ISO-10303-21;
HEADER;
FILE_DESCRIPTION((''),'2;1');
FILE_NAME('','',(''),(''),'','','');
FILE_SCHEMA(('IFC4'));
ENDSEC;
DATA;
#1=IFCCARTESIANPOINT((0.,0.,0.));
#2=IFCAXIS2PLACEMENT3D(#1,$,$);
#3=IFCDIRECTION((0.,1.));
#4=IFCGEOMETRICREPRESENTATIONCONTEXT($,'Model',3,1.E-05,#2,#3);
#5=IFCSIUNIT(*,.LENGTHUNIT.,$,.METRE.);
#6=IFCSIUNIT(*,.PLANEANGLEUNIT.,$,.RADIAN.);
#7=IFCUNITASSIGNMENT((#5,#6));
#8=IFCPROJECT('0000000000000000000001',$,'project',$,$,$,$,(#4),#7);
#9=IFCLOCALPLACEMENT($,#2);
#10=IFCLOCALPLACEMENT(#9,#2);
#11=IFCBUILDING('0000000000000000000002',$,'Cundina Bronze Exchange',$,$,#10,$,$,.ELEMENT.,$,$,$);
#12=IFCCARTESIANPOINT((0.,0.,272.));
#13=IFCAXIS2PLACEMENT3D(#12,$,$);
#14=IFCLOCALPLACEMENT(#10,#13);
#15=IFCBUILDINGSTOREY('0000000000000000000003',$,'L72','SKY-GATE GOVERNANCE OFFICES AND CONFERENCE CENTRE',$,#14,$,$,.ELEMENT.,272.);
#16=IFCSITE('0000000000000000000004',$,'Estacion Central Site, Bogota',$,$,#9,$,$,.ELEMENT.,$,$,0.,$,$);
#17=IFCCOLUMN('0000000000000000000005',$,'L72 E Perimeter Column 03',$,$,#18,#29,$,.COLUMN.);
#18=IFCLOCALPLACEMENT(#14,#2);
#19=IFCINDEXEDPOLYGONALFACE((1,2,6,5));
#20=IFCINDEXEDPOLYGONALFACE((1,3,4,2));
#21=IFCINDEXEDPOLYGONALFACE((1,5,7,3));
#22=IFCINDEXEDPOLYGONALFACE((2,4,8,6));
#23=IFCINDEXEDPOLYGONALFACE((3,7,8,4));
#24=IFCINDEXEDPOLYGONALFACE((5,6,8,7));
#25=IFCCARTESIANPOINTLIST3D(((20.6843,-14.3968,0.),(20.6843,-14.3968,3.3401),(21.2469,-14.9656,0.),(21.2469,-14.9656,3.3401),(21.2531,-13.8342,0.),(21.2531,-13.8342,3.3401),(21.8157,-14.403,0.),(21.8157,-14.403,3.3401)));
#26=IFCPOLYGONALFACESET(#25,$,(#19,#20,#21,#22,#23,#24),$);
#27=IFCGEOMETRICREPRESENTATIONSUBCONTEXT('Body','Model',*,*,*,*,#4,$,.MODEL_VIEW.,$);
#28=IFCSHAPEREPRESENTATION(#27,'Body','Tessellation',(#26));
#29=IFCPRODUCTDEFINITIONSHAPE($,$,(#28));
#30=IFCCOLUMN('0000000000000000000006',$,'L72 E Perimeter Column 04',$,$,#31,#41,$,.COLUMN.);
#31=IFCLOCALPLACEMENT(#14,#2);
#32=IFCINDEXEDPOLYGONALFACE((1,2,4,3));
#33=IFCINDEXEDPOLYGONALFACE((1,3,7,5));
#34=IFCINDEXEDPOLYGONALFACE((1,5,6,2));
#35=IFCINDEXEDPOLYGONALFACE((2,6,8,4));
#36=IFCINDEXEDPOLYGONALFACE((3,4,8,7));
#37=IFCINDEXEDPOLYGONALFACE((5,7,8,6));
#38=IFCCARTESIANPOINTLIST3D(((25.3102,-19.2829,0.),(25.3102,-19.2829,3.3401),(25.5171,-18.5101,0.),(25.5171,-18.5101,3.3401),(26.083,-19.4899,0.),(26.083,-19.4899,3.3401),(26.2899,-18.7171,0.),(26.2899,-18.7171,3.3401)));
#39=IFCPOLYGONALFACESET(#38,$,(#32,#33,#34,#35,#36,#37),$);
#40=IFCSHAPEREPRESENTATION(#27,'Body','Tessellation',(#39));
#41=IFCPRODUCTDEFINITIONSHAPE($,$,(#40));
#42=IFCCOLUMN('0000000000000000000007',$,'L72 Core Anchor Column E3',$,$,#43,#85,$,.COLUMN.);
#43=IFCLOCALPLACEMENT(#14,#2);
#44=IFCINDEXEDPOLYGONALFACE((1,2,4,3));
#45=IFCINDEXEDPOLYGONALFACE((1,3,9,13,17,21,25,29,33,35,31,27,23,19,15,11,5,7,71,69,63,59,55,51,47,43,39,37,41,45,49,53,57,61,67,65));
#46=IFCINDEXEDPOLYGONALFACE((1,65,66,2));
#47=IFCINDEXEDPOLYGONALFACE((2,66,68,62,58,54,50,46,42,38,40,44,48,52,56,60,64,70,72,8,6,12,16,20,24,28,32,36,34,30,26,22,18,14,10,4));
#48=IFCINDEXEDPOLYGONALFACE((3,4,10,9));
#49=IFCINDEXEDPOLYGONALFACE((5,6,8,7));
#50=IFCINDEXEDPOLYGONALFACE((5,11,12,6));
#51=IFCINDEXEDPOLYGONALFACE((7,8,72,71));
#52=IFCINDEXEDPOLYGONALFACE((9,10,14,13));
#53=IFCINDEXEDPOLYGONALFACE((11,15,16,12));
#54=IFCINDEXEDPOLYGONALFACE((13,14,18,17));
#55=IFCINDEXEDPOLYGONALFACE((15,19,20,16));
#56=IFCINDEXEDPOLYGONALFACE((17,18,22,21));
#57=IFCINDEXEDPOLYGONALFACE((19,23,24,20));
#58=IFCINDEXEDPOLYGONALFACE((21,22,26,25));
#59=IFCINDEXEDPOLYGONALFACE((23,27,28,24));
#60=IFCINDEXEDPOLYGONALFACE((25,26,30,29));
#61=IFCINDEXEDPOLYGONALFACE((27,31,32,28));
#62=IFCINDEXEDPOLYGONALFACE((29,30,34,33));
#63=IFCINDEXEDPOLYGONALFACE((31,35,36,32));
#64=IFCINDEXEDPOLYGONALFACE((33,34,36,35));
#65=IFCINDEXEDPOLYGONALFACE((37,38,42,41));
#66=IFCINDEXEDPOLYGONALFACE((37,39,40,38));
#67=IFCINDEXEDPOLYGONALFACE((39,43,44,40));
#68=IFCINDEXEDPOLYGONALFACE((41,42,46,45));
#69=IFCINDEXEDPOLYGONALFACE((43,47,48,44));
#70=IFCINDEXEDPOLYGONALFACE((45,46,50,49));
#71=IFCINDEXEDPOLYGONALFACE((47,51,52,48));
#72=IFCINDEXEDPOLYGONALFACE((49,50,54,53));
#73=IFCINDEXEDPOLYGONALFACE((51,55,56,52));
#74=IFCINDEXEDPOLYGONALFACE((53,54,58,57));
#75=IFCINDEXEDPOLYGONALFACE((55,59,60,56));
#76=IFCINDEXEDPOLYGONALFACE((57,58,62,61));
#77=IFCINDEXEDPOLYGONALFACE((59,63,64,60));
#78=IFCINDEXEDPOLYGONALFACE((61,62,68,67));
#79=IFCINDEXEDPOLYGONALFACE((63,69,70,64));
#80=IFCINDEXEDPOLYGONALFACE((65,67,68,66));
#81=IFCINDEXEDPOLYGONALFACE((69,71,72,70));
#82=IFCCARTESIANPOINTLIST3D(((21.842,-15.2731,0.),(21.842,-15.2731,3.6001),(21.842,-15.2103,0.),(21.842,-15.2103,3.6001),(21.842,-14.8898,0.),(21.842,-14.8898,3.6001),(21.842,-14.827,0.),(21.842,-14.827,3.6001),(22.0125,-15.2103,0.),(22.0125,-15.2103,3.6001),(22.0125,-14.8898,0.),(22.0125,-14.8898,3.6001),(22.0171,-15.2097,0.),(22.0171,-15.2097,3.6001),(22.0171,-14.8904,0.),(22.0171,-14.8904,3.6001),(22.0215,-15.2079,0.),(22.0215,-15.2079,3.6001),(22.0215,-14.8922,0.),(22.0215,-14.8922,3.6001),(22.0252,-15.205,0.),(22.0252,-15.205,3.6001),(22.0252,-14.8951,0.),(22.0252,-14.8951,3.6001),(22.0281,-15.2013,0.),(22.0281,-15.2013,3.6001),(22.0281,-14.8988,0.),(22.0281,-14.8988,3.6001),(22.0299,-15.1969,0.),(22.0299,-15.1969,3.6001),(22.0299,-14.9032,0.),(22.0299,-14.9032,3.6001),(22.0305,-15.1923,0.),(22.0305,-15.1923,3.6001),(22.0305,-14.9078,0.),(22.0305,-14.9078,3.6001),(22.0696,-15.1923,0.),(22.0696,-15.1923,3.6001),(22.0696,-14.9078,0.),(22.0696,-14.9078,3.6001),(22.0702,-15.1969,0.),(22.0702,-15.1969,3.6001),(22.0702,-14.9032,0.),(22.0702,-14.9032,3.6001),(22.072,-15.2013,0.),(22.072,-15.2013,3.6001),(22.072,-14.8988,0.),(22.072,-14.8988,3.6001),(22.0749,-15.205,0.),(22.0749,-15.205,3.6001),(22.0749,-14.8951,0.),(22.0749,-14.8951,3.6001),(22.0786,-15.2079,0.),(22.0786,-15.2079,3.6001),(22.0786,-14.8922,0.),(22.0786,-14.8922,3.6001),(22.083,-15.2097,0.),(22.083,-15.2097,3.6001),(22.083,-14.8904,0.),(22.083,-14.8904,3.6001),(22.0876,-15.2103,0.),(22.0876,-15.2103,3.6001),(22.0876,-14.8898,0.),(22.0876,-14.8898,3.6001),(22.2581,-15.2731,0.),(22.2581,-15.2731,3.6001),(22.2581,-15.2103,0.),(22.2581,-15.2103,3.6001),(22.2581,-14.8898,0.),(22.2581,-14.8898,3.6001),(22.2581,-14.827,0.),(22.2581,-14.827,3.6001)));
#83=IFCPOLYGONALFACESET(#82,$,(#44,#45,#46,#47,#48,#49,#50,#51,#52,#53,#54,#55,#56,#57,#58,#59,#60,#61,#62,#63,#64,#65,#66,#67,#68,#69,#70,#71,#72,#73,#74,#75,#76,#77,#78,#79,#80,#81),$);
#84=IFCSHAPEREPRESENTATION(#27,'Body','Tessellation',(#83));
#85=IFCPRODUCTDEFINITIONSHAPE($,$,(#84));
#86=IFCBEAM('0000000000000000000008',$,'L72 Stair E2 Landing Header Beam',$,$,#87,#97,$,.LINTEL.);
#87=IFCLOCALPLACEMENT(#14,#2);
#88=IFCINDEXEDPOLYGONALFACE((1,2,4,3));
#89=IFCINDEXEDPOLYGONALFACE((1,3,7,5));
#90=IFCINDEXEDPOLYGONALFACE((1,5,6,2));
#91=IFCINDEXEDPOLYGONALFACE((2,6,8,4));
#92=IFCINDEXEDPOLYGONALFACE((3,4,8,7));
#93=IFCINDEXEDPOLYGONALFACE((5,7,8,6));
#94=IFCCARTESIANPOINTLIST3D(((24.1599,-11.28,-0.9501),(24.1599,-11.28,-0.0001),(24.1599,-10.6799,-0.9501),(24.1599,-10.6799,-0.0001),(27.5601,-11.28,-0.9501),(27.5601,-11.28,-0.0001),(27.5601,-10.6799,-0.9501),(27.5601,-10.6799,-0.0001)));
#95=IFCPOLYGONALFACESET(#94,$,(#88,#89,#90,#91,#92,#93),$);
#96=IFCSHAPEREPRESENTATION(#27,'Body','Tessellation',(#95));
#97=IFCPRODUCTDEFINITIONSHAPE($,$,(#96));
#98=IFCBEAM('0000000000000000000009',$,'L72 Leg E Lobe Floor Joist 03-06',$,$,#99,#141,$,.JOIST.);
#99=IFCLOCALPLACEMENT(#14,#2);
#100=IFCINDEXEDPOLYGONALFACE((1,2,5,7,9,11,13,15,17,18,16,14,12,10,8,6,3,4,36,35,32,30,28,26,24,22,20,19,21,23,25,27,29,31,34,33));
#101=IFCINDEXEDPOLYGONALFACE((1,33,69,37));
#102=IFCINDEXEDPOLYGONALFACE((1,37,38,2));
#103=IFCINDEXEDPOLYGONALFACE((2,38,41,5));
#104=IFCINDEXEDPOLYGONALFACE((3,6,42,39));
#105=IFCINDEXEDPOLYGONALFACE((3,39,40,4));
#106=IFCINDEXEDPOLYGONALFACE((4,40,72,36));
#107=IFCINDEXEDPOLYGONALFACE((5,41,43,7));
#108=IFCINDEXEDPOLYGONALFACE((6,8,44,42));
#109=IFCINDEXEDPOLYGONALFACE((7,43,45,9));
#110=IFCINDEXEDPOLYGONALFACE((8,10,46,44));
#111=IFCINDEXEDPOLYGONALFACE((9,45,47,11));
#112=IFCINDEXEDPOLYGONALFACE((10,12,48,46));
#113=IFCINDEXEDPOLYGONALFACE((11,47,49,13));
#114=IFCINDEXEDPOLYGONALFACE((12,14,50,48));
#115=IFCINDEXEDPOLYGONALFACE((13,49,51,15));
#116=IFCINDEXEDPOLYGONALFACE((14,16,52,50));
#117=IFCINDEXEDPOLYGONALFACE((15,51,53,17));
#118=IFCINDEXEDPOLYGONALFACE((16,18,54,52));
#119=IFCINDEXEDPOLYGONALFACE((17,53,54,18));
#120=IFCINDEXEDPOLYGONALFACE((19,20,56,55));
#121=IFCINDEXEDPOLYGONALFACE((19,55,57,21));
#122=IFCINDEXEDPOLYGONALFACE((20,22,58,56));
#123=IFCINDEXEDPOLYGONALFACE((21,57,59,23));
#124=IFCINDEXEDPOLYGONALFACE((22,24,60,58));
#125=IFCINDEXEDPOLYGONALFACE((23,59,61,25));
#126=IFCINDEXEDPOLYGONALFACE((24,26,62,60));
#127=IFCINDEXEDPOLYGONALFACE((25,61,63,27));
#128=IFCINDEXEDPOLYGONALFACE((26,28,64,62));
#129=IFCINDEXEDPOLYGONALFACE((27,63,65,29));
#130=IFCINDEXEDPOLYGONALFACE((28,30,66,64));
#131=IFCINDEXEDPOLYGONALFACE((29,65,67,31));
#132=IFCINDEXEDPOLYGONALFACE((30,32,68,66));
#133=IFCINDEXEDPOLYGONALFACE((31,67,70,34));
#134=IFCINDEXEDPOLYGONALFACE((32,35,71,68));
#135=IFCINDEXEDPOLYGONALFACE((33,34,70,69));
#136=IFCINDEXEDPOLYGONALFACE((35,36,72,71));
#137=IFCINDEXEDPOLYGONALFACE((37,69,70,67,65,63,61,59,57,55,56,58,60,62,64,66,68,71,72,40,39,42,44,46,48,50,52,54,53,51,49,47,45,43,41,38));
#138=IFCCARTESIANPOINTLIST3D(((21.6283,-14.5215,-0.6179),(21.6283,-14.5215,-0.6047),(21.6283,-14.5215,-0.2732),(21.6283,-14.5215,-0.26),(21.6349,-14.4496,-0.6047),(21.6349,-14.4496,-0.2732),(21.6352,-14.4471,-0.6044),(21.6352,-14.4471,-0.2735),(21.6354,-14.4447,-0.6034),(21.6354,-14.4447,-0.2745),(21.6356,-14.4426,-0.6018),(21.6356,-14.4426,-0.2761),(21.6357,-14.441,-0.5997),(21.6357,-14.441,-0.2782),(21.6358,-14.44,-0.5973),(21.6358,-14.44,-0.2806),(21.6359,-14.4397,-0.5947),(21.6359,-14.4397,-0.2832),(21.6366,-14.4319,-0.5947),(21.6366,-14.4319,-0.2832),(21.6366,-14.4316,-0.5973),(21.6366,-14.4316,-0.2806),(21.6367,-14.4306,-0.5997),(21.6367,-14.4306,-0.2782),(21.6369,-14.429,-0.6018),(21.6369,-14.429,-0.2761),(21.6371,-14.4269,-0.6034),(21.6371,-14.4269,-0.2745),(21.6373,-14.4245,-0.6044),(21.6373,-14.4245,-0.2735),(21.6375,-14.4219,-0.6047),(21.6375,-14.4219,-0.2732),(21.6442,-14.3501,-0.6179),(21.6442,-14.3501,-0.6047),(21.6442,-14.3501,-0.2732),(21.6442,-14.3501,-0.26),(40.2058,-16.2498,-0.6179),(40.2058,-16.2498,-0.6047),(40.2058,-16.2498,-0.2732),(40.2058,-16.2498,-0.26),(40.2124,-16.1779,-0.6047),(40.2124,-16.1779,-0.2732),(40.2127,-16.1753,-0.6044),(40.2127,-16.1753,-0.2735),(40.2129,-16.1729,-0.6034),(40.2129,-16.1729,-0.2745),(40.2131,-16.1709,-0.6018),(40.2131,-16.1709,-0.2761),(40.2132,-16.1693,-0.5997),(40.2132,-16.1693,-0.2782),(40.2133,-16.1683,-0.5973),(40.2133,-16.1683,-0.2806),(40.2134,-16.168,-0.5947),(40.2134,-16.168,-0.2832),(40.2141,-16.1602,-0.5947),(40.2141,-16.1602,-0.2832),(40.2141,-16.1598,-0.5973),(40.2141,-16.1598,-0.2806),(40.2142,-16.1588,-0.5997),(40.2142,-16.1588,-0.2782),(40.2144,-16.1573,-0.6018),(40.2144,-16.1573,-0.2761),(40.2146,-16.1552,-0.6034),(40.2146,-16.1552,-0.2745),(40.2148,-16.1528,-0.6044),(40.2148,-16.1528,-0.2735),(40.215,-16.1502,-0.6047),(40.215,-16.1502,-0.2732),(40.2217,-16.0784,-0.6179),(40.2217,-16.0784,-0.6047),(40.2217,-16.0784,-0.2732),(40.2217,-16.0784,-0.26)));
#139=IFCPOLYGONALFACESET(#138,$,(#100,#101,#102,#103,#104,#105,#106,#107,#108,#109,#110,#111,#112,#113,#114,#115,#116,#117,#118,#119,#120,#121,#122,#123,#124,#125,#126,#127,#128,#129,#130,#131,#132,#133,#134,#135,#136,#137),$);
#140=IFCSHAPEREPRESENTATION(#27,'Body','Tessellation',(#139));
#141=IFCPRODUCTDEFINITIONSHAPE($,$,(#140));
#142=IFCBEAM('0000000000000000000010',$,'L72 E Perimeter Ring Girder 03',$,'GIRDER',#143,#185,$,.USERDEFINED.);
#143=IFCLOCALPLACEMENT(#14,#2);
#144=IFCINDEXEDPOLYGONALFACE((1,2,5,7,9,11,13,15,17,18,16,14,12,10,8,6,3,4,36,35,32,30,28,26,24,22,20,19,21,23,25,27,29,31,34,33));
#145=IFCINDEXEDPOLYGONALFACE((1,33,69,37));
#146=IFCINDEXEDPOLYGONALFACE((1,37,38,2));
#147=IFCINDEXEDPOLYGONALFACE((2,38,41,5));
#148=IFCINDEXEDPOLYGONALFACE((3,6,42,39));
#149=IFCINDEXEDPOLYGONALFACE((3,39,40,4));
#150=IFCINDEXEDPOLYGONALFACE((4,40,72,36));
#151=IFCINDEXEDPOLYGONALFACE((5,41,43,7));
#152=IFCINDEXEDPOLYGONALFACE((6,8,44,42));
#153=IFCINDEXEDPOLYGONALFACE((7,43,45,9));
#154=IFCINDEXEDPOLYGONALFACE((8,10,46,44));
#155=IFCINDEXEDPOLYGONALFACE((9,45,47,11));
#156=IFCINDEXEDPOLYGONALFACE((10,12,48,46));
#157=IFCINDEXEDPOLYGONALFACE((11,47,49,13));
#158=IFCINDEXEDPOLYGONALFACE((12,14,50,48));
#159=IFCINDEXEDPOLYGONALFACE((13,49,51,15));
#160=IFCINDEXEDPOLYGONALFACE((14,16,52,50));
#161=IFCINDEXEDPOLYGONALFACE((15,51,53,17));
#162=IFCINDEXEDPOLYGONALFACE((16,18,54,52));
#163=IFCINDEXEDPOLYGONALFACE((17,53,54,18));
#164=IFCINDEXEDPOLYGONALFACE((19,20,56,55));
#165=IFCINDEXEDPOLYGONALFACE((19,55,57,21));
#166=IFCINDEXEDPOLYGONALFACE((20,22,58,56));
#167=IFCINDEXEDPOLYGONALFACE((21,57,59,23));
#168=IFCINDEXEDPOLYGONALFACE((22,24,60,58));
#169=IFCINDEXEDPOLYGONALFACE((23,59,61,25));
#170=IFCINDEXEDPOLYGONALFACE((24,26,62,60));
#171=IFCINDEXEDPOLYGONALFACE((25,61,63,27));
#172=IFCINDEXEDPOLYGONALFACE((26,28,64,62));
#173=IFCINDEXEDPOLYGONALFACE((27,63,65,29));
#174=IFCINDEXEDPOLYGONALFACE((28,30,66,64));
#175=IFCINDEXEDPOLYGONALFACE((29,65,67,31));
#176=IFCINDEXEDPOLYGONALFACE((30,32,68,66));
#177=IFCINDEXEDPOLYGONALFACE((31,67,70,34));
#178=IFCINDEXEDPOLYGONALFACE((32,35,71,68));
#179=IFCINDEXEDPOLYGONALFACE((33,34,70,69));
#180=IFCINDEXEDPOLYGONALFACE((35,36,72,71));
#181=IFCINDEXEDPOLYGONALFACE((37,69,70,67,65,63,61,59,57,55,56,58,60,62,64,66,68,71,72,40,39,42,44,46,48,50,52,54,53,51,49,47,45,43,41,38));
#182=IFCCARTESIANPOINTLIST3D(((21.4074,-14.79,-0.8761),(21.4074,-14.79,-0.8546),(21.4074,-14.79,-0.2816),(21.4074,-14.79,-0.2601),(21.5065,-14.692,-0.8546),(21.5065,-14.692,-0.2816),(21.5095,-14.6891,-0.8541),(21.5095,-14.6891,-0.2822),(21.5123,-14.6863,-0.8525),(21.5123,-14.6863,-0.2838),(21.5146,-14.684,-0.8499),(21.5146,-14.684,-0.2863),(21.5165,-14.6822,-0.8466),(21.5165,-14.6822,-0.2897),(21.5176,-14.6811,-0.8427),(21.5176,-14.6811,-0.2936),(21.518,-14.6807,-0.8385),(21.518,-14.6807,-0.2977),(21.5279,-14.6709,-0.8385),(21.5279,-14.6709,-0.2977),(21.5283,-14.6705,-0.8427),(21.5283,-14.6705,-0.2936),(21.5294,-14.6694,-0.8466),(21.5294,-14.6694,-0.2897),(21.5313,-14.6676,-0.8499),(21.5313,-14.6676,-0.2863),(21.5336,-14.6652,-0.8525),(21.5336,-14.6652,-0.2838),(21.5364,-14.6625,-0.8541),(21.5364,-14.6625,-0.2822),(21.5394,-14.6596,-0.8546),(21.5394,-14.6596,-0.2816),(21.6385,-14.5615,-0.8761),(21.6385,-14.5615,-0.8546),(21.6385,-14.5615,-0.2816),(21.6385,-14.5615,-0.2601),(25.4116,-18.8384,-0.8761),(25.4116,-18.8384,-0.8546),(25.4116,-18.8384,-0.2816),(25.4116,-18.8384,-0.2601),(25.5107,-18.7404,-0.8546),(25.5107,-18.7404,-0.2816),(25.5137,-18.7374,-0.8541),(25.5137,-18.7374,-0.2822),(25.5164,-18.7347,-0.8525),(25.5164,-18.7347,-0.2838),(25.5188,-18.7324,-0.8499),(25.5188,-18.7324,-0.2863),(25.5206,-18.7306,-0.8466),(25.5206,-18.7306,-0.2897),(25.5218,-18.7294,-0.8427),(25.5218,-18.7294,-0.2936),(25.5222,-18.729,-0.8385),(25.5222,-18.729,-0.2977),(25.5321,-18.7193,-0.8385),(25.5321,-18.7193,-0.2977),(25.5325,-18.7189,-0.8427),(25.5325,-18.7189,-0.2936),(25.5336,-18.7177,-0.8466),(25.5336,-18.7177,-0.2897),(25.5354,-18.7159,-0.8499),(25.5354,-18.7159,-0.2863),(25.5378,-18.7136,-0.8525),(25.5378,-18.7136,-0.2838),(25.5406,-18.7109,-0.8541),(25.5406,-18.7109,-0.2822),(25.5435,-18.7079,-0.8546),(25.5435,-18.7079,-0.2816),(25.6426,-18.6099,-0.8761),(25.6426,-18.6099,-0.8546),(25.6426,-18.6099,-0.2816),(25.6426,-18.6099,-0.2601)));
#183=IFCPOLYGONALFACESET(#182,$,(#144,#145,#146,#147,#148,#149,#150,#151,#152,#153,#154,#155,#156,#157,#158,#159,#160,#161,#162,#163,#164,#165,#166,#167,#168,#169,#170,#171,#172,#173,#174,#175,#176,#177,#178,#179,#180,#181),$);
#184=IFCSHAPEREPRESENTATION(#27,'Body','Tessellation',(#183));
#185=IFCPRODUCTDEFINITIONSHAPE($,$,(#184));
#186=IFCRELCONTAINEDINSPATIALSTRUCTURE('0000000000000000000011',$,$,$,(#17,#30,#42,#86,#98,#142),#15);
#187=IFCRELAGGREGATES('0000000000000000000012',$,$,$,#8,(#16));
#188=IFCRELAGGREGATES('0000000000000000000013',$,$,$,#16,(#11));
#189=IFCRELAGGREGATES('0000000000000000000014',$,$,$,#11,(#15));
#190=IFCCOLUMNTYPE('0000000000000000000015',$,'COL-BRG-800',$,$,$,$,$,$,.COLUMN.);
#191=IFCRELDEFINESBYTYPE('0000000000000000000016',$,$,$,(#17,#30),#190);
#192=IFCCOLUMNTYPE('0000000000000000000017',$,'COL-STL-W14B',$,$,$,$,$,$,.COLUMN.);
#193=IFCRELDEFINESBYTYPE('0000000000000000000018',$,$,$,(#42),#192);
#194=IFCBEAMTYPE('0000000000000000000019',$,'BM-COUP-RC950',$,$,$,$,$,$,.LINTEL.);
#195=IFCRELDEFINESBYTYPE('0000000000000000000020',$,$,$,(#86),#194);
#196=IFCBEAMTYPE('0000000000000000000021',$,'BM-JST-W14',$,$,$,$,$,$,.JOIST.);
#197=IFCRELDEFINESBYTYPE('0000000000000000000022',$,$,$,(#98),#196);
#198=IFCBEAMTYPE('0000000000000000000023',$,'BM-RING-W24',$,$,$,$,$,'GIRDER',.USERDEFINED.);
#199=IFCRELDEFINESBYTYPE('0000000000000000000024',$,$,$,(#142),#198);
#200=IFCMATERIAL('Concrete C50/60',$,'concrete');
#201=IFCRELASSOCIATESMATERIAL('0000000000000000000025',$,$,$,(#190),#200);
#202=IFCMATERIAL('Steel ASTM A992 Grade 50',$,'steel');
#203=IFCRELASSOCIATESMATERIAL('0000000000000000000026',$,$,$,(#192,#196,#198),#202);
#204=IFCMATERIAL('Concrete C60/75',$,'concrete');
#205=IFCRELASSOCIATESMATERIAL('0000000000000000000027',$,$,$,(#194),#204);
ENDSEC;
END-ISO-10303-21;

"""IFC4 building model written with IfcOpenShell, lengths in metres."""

from ifc_helpers import new_model, si_unit, direction, frame, origin, origin_2d, place, context, subcontext, project, spatial, rectangle, i_section, extrude, material, material_profile, profile_set, type_object, element, save


model = new_model("IFC4")

# Units and contexts
model_context = context("Model", 3, precision=1e-05, world=origin(), true_north=direction((0.0, 1.0)))
body_context = subcontext(model_context, "Body", "Model", "MODEL_VIEW")
ifc_project = project(units=[si_unit("LENGTHUNIT", "METRE"), si_unit("PLANEANGLEUNIT", "RADIAN")], contexts=[model_context])

# Site, building, storey
site_placement = place(None, origin())
site = spatial("IfcSite", under=ifc_project, at=site_placement, Name="Estacion Central Site, Bogota", CompositionType="ELEMENT", RefElevation=0.0)
building_placement = place(site_placement, origin())
building = spatial("IfcBuilding", under=site, at=building_placement, Name="Cundina Bronze Exchange", CompositionType="ELEMENT")
storey_placement = place(building_placement, frame((0.0, 0.0, 272.0)))
storey = spatial("IfcBuildingStorey", under=building, at=storey_placement, Name="L72", Description="SKY-GATE GOVERNANCE OFFICES AND CONFERENCE CENTRE", CompositionType="ELEMENT", Elevation=272.0)

# Columns
ifc_material_1 = material(Name="Concrete C50/60", Category="concrete")
ifc_material_profile_1 = material_profile(ifc_material_1, rectangle(XDim=0.8, YDim=0.8, at=origin_2d()), Name="RC800X800", Category="concrete")
ifc_profile_set_1 = profile_set([ifc_material_profile_1], Name="Concrete C50/60")
column_type_1 = type_object("IfcColumnType", Name="COL-BRG-800", PredefinedType="COLUMN", material=ifc_profile_set_1)
for number, where, z_axis, x_axis, name in (
    (1, (21.25, -14.3999, 0.0), (0.0, 0.0, 1.0), (0.703271, -0.710922, 0.0), "L72 E Perimeter Column 03"),
    (2, (25.8, -19.0, 0.0), (0.0, 0.0, 1.0), (0.965971, -0.25865, 0.0), "L72 E Perimeter Column 04"),
):
    element("IfcColumn", number, at=place(storey_placement, frame(where, z_axis=z_axis, x_axis=x_axis)), inside=storey, type_object=column_type_1, Name=name, PredefinedType="COLUMN", context=body_context, shape_type="SweptSolid", body=[
        extrude(rectangle(XDim=0.8, YDim=0.8, at=origin_2d()), origin(), (0.0, 0.0, 1.0), 3.3401),
    ])
ifc_material_2 = material(Name="Steel ASTM A992 Grade 50", Category="steel")
ifc_material_profile_2 = material_profile(ifc_material_2, i_section(OverallWidth=0.416, OverallDepth=0.446, WebThickness=0.0391, FlangeThickness=0.0627, FilletRadius=0.0181, at=origin_2d()), Name="W14X342", Category="steel")
ifc_profile_set_2 = profile_set([ifc_material_profile_2], Name="Steel ASTM A992 Grade 50")
column_type_2 = type_object("IfcColumnType", Name="COL-STL-W14B", PredefinedType="COLUMN", material=ifc_profile_set_2)
column_placement = place(storey_placement, frame((22.05, -15.05, 0.0), z_axis=(0.0, 0.0, 1.0), x_axis=(1.0, 0.0, 0.0)))
element("IfcColumn", 3, at=column_placement, inside=storey, type_object=column_type_2, Name="L72 Core Anchor Column E3", PredefinedType="COLUMN", context=body_context, shape_type="SweptSolid", body=[
    extrude(i_section(OverallWidth=0.416, OverallDepth=0.446, WebThickness=0.0391, FlangeThickness=0.0627, FilletRadius=0.0181, at=origin_2d()), origin(), (0.0, 0.0, 1.0), 3.6001),
])

# Beams
ifc_material_3 = material(Name="Concrete C60/75", Category="concrete")
ifc_material_profile_3 = material_profile(ifc_material_3, rectangle(XDim=0.6001, YDim=0.95, at=origin_2d()), Name="RC600X950", Category="concrete")
ifc_profile_set_3 = profile_set([ifc_material_profile_3], Name="Concrete C60/75")
beam_type_1 = type_object("IfcBeamType", Name="BM-COUP-RC950", PredefinedType="LINTEL", material=ifc_profile_set_3)
beam_1_placement = place(storey_placement, frame((24.1599, -10.98, -0.4751), z_axis=(1.0, 0.0, 0.0), x_axis=(0.0, 1.0, 0.0)))
element("IfcBeam", 4, at=beam_1_placement, inside=storey, type_object=beam_type_1, Name="L72 Stair E2 Landing Header Beam", PredefinedType="LINTEL", context=body_context, shape_type="SweptSolid", body=[
    extrude(rectangle(XDim=0.6001, YDim=0.95, at=origin_2d()), origin(), (0.0, 0.0, 1.0), 3.4001),
])
ifc_material_profile_4 = material_profile(ifc_material_2, i_section(OverallWidth=0.1721, OverallDepth=0.3579, WebThickness=0.0078, FlangeThickness=0.0132, FilletRadius=0.01, at=origin_2d()), Name="W14X38", Category="steel")
ifc_profile_set_4 = profile_set([ifc_material_profile_4], Name="Steel ASTM A992 Grade 50")
beam_type_2 = type_object("IfcBeamType", Name="BM-JST-W14", PredefinedType="JOIST", material=ifc_profile_set_4)
beam_2_placement = place(storey_placement, frame((21.6362, -14.4358, -0.439), z_axis=(0.995701, -0.092631, 0.0), x_axis=(0.092631, 0.995701, 0.0)))
element("IfcBeam", 5, at=beam_2_placement, inside=storey, type_object=beam_type_2, Name="L72 Leg E Lobe Floor Joist 03-06", PredefinedType="JOIST", context=body_context, shape_type="SweptSolid", body=[
    extrude(i_section(OverallWidth=0.1721, OverallDepth=0.3579, WebThickness=0.0078, FlangeThickness=0.0132, FilletRadius=0.01, at=origin_2d()), origin(), (0.0, 0.0, 1.0), 18.6577),
])
ifc_material_profile_5 = material_profile(ifc_material_2, i_section(OverallWidth=0.325, OverallDepth=0.616, WebThickness=0.0139, FlangeThickness=0.0215, FilletRadius=0.0161, at=origin_2d()), Name="W24X117", Category="steel")
ifc_profile_set_5 = profile_set([ifc_material_profile_5], Name="Steel ASTM A992 Grade 50")
beam_type_3 = type_object("IfcBeamType", Name="BM-RING-W24", ElementType="GIRDER", PredefinedType="USERDEFINED", material=ifc_profile_set_5)
beam_3_placement = place(storey_placement, frame((21.5229, -14.6758, -0.5681), z_axis=(0.703216, -0.710976, 0.0), x_axis=(0.710976, 0.703216, 0.0)))
element("IfcBeam", 6, at=beam_3_placement, inside=storey, type_object=beam_type_3, Name="L72 E Perimeter Ring Girder 03", ObjectType="GIRDER", PredefinedType="USERDEFINED", context=body_context, shape_type="SweptSolid", body=[
    extrude(i_section(OverallWidth=0.325, OverallDepth=0.616, WebThickness=0.0139, FlangeThickness=0.0215, FilletRadius=0.0161, at=origin_2d()), origin(), (0.0, 0.0, 1.0), 5.6941),
])

save(model, "model.ifc")
